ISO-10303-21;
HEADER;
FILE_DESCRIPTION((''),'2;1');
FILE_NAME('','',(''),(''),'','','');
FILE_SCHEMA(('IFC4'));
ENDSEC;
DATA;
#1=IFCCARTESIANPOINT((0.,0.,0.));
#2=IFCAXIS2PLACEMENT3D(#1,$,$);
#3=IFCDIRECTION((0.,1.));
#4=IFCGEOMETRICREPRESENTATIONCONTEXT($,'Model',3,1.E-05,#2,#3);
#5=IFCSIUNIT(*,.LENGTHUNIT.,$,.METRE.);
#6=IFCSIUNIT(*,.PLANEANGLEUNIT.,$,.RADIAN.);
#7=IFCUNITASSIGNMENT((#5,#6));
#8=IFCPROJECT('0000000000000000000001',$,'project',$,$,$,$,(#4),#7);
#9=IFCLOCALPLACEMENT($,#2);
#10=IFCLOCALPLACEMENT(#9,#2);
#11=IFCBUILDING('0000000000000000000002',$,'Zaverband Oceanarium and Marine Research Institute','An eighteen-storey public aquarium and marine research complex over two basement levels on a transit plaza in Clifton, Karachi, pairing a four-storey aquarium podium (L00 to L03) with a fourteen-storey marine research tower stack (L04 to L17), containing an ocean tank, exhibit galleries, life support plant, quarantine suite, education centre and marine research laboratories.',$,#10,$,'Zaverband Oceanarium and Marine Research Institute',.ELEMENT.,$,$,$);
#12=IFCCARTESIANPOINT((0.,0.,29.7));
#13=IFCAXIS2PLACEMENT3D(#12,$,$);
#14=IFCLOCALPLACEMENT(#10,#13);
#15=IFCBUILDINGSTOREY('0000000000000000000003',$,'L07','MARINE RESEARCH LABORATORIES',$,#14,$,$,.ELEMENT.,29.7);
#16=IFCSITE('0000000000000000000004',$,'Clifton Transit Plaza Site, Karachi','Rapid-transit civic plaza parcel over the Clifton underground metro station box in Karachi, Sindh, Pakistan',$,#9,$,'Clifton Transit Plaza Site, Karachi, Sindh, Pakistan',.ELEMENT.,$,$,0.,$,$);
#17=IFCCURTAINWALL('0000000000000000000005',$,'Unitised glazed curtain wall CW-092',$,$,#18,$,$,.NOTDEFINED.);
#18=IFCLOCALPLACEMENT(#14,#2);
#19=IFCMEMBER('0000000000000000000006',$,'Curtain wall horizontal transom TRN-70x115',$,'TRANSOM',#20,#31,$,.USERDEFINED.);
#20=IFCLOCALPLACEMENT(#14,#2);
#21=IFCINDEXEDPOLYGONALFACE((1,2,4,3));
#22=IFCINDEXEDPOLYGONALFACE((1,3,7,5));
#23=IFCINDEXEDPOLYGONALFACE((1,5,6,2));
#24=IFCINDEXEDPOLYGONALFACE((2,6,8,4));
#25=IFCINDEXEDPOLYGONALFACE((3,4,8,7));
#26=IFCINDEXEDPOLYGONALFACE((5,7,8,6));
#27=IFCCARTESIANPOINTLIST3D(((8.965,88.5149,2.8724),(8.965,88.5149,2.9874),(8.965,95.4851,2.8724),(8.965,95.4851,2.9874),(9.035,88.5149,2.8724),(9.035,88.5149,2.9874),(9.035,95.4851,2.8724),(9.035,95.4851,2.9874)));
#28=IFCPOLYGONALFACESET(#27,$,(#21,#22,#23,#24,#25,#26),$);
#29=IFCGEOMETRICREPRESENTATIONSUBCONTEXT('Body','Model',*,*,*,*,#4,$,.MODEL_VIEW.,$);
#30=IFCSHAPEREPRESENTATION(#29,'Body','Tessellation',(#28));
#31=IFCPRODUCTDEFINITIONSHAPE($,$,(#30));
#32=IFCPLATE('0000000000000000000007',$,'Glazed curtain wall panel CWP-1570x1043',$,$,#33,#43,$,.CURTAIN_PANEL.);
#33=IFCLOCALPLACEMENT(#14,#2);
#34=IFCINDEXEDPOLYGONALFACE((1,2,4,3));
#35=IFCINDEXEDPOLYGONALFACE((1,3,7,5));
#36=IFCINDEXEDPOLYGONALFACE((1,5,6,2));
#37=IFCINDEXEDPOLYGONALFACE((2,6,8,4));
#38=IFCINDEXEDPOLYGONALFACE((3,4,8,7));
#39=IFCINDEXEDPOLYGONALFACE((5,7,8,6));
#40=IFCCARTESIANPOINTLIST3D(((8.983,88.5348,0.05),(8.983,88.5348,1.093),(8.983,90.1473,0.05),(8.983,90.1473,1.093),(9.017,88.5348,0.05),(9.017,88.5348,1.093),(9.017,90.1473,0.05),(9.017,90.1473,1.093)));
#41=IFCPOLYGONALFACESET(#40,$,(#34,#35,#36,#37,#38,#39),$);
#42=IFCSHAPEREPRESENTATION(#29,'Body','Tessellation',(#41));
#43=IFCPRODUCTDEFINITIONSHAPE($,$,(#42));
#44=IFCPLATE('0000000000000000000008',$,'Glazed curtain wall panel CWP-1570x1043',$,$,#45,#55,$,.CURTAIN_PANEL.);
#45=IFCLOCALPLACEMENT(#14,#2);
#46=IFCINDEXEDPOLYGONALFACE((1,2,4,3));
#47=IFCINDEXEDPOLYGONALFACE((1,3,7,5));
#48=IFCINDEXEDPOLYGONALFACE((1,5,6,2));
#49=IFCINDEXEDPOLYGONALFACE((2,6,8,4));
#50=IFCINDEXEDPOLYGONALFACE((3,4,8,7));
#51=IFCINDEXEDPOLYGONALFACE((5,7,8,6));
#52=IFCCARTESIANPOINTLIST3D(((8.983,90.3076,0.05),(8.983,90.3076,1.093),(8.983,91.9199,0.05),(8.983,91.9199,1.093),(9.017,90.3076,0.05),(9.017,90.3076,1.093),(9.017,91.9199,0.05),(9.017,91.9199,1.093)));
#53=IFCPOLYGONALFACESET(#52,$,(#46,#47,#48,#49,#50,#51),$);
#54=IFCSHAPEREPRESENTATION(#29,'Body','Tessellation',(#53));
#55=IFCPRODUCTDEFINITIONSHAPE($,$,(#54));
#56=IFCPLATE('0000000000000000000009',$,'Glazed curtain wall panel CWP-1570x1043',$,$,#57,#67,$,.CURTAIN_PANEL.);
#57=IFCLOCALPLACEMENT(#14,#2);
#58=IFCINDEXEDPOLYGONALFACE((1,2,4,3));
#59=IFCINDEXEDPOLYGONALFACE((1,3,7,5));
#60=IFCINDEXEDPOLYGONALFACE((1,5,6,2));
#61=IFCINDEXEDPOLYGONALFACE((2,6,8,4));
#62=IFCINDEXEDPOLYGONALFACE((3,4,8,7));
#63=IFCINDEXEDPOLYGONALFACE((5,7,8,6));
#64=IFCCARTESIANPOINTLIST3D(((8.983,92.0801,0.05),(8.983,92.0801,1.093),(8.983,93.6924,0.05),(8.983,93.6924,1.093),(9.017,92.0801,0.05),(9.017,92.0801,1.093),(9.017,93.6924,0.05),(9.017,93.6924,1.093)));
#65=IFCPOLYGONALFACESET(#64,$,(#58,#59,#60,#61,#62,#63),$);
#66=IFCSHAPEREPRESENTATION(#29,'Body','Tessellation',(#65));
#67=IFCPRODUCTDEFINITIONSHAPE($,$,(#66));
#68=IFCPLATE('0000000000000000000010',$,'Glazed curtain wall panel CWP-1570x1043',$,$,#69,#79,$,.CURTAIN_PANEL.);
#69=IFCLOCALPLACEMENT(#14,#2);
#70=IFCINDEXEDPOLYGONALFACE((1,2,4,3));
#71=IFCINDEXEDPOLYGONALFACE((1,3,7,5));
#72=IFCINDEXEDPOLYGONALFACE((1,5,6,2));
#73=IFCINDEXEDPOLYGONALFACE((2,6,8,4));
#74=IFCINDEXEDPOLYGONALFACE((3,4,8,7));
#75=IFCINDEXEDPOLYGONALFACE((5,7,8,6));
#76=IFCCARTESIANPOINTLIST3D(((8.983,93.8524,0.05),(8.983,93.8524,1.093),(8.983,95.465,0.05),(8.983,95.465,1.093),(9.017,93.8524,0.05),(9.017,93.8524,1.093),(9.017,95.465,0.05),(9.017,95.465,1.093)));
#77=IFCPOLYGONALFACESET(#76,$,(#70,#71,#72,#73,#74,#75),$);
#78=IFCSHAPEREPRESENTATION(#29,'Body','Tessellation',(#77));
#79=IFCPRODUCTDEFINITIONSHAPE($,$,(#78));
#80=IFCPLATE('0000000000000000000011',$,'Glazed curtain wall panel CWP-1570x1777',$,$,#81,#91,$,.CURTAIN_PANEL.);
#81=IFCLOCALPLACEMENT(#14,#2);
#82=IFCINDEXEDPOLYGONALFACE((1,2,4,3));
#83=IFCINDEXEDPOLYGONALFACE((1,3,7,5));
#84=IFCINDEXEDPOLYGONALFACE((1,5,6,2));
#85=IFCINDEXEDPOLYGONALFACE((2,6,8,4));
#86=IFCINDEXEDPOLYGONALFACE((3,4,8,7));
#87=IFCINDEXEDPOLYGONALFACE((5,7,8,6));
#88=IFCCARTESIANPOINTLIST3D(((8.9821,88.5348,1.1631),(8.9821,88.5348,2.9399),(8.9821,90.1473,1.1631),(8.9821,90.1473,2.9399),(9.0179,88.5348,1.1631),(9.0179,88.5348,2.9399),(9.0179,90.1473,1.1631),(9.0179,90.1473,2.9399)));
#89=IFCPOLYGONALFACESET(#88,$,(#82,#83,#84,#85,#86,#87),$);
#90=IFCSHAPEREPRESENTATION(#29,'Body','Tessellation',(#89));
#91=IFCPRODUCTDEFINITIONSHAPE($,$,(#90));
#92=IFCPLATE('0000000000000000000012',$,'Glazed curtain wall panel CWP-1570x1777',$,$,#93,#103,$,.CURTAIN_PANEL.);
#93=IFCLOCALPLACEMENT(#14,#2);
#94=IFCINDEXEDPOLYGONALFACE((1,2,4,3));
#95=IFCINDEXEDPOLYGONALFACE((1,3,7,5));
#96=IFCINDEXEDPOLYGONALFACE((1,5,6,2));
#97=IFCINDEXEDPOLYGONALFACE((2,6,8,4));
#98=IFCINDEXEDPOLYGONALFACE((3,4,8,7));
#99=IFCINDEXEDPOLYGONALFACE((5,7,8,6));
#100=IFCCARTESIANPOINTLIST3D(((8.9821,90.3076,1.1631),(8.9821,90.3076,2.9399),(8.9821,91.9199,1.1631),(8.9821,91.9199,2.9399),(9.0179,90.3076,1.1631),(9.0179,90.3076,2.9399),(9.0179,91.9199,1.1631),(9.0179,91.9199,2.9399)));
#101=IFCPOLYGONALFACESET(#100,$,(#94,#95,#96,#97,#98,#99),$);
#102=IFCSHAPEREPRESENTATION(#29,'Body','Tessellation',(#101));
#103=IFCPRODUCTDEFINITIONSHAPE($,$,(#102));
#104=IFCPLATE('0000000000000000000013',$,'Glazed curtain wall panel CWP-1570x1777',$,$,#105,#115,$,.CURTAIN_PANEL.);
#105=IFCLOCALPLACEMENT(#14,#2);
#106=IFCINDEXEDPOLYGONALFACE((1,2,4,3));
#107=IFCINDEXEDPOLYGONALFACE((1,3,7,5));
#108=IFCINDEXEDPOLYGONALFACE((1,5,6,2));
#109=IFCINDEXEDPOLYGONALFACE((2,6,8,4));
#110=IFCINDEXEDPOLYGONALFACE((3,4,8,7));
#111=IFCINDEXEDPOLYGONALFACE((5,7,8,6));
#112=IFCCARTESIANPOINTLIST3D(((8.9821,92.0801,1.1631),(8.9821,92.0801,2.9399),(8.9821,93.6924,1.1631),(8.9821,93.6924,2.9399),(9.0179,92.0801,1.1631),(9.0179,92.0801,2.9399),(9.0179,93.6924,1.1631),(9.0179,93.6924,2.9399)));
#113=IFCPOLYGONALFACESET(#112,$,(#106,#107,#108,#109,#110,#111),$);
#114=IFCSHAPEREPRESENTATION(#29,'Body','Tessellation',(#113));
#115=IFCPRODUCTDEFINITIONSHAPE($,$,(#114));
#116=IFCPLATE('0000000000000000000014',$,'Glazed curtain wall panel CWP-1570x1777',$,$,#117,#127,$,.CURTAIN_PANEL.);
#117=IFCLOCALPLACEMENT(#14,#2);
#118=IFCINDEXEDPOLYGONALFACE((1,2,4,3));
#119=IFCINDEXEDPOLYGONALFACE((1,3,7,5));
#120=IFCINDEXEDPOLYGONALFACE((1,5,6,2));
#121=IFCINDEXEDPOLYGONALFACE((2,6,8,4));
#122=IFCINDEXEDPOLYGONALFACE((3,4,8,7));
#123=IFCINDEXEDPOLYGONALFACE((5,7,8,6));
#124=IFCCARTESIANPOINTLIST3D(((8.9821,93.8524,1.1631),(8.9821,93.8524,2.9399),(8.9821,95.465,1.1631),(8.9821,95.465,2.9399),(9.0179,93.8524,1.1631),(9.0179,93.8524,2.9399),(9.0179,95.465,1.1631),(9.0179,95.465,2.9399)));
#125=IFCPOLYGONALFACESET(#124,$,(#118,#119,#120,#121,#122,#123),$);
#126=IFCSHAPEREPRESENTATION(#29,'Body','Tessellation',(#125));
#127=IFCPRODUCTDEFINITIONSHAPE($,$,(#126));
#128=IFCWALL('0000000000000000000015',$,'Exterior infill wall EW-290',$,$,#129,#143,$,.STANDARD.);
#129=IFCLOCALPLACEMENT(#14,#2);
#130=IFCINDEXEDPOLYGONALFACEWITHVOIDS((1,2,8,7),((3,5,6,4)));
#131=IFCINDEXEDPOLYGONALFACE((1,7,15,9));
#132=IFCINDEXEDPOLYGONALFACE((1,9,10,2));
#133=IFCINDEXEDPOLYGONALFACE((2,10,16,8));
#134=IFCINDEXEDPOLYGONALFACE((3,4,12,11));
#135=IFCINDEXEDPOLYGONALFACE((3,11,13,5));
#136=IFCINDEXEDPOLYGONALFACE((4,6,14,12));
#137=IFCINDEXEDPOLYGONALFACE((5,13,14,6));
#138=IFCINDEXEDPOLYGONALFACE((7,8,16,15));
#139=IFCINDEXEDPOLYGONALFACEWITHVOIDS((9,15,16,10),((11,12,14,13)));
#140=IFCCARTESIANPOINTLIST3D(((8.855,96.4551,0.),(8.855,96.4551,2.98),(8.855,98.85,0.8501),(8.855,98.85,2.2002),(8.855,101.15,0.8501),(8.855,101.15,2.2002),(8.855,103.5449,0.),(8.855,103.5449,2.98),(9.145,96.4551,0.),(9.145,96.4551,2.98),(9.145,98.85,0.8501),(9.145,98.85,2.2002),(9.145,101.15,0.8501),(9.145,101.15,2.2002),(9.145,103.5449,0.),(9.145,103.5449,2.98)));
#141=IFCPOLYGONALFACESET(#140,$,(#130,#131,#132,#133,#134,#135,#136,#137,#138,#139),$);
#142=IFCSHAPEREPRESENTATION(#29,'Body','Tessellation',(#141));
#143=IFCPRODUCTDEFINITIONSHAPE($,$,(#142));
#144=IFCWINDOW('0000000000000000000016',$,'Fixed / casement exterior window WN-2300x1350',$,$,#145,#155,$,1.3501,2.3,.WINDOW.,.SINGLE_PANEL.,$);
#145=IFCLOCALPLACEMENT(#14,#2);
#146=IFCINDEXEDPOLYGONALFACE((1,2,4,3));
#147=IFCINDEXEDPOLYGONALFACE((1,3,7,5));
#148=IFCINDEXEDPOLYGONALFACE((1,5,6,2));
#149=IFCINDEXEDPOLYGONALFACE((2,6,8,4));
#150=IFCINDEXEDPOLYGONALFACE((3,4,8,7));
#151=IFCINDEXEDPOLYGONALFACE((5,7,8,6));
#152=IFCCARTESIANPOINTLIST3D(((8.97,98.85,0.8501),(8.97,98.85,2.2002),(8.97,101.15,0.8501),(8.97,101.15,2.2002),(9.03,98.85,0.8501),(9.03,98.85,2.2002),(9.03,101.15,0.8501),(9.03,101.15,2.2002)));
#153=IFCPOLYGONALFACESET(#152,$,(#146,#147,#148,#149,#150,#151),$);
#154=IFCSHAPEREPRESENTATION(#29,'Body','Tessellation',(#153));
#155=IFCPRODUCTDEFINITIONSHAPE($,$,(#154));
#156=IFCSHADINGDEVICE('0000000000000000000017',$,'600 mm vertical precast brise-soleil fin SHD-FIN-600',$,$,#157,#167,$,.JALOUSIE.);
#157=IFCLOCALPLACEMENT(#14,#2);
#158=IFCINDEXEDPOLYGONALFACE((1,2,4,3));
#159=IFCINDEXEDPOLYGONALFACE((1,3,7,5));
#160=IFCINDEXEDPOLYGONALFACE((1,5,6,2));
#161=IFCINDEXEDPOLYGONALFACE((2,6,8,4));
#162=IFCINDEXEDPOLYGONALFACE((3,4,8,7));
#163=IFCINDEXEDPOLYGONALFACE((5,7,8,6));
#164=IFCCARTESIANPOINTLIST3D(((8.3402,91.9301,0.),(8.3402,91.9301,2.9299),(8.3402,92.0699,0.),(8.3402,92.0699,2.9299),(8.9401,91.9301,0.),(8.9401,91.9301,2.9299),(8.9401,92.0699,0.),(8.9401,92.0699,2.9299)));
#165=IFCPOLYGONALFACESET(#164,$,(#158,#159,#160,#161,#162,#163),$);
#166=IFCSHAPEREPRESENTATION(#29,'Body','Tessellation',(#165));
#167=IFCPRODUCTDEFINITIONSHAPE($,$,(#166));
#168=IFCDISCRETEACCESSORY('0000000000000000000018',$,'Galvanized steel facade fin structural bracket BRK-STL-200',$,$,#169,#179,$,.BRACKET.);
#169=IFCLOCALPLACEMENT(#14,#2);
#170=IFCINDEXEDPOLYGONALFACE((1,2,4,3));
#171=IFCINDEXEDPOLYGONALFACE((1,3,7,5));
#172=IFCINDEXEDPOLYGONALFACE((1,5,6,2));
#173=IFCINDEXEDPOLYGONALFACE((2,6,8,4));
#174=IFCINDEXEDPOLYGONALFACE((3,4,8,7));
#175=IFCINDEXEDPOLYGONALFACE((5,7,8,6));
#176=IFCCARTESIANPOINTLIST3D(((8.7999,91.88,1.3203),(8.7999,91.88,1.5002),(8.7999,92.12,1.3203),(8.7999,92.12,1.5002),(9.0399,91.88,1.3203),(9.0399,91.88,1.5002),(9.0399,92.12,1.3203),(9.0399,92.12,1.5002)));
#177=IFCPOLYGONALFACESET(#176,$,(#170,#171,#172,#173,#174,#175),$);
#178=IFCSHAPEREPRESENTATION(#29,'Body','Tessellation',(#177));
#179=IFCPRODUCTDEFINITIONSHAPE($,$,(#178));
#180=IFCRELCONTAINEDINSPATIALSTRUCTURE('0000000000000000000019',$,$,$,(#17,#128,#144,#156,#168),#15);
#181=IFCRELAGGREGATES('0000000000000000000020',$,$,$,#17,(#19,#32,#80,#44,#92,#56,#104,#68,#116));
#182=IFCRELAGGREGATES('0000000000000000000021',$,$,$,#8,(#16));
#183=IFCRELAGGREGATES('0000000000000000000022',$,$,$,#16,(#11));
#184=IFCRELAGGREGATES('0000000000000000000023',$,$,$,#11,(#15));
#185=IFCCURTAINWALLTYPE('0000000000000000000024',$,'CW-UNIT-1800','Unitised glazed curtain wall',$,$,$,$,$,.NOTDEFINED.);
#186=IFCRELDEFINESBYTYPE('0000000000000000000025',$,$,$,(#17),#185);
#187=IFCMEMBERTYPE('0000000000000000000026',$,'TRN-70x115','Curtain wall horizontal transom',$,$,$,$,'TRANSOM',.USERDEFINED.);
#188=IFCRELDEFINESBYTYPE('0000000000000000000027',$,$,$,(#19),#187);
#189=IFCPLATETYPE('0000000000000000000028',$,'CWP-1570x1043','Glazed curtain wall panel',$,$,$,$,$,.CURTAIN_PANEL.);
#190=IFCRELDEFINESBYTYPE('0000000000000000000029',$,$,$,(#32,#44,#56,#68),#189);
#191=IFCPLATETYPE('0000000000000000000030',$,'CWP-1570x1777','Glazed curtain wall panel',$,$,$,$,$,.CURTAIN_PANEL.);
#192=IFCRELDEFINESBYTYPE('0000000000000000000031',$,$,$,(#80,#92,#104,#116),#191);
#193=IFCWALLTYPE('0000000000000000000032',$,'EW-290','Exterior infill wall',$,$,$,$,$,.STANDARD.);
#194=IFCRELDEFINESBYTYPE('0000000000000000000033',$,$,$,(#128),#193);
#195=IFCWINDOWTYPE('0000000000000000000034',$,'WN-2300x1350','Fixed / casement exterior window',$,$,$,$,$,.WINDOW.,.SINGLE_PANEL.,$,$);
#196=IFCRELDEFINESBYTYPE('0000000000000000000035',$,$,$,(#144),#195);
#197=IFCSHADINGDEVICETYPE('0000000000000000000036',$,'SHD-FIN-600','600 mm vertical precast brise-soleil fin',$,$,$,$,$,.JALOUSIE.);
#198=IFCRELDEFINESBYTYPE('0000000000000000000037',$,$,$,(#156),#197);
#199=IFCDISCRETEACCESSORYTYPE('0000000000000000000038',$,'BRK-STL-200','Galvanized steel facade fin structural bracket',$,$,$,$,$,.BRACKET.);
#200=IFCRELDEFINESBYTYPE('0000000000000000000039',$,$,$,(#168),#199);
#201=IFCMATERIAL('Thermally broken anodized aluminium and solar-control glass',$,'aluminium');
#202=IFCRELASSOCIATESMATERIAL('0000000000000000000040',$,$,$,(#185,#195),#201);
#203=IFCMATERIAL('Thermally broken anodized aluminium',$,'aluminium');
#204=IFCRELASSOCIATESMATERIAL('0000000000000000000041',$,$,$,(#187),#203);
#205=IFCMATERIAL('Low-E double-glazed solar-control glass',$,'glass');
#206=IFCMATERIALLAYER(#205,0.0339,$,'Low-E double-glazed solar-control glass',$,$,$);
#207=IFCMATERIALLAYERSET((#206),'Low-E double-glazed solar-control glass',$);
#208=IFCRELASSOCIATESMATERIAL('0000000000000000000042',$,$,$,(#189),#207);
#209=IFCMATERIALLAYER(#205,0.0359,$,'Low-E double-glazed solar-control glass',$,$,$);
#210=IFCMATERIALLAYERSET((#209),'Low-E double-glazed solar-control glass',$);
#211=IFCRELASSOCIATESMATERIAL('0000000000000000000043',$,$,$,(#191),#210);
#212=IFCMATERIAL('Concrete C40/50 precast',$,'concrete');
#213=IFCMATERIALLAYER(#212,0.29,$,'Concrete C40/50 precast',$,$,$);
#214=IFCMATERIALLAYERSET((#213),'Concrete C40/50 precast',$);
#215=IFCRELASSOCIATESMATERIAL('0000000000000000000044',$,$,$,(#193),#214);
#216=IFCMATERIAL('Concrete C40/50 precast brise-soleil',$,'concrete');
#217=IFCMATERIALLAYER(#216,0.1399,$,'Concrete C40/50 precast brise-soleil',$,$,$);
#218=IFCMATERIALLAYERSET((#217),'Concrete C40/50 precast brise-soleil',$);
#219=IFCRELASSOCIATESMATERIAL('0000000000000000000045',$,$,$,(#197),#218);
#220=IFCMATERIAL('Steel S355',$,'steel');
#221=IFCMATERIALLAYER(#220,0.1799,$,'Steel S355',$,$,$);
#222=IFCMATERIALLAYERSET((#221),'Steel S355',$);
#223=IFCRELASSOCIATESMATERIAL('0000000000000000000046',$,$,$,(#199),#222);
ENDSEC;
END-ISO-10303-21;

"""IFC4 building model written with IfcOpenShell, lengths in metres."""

from ifc_helpers import new_model, si_unit, direction, frame, frame_2d, origin, origin_2d, place, context, subcontext, project, spatial, rectangle, extrude, material, layer, layer_set, material_profile, profile_set, type_object, element, fill, aggregate, save


model = new_model("IFC4")

# Units and contexts
model_context = context("Model", 3, precision=1e-05, world=origin(), true_north=direction((0.0, 1.0)))
body_context = subcontext(model_context, "Body", "Model", "MODEL_VIEW")
ifc_project = project(units=[si_unit("LENGTHUNIT", "METRE"), si_unit("PLANEANGLEUNIT", "RADIAN")], contexts=[model_context])

# Site, building, storey
site_placement = place(None, origin())
site = spatial("IfcSite", under=ifc_project, at=site_placement, Name="Clifton Transit Plaza Site, Karachi", Description="Rapid-transit civic plaza parcel over the Clifton underground metro station box in Karachi, Sindh, Pakistan", LongName="Clifton Transit Plaza Site, Karachi, Sindh, Pakistan", CompositionType="ELEMENT", RefElevation=0.0)
building_placement = place(site_placement, origin())
building = spatial("IfcBuilding", under=site, at=building_placement, Name="Zaverband Oceanarium and Marine Research Institute", Description="An eighteen-storey public aquarium and marine research complex over two basement levels on a transit plaza in Clifton, Karachi, pairing a four-storey aquarium podium (L00 to L03) with a fourteen-storey marine research tower stack (L04 to L17), containing an ocean tank, exhibit galleries, life support plant, quarantine suite, education centre and marine research laboratories.", LongName="Zaverband Oceanarium and Marine Research Institute", CompositionType="ELEMENT")
storey_placement = place(building_placement, frame((0.0, 0.0, 29.7)))
storey = spatial("IfcBuildingStorey", under=building, at=storey_placement, Name="L07", Description="MARINE RESEARCH LABORATORIES", CompositionType="ELEMENT", Elevation=29.7)

# Curtain wall
ifc_material_1 = material(Name="Thermally broken anodized aluminium and solar-control glass", Category="aluminium")
curtain_wall_type = type_object("IfcCurtainWallType", Name="CW-UNIT-1800", Description="Unitised glazed curtain wall", PredefinedType="NOTDEFINED", material=ifc_material_1)
curtain_wall_placement = place(storey_placement, origin())
curtain_wall = element("IfcCurtainWall", 1, at=curtain_wall_placement, inside=storey, type_object=curtain_wall_type, Name="Unitised glazed curtain wall CW-092", PredefinedType="NOTDEFINED")
ifc_material_2 = material(Name="Thermally broken anodized aluminium", Category="aluminium")

# Member
ifc_material_profile_1 = material_profile(ifc_material_2, rectangle(XDim=0.0701, YDim=0.115, at=origin_2d()), Name="AL-TRN-70x115")
ifc_profile_set_1 = profile_set([ifc_material_profile_1], Name="Thermally broken anodized aluminium")
member_type_1 = type_object("IfcMemberType", Name="TRN-70x115", Description="Curtain wall horizontal transom", ElementType="TRANSOM", PredefinedType="USERDEFINED", material=ifc_profile_set_1)
member_1_placement = place(storey_placement, frame((9.0, 88.5149, 2.9299), z_axis=(0.0, 1.0, 0.0), x_axis=(-1.0, 0.0, 0.0)))
member_1 = element("IfcMember", 2, at=member_1_placement, type_object=member_type_1, Name="Curtain wall horizontal transom TRN-70x115", ObjectType="TRANSOM", PredefinedType="USERDEFINED", context=body_context, shape_type="SweptSolid", body=[
    extrude(rectangle(XDim=0.0701, YDim=0.115, at=origin_2d()), origin(), (0.0, 0.0, 1.0), 6.9702),
])

# Plates
ifc_material_3 = material(Name="Low-E double-glazed solar-control glass", Category="glass")
ifc_layer_1 = layer(ifc_material_3, 0.0339, Name="Low-E double-glazed solar-control glass")
ifc_layer_set_1 = layer_set([ifc_layer_1], Name="Low-E double-glazed solar-control glass")
plate_type_1 = type_object("IfcPlateType", Name="CWP-1570x1043", Description="Glazed curtain wall panel", PredefinedType="CURTAIN_PANEL", material=ifc_layer_set_1)
plate_1_placement = place(storey_placement, frame((9.0, 88.5349, 0.05), z_axis=(0.0, 0.0, 1.0), x_axis=(0.0, 1.0, 0.0)))
plate_1 = element("IfcPlate", 3, at=plate_1_placement, type_object=plate_type_1, Name="Glazed curtain wall panel CWP-1570x1043", PredefinedType="CURTAIN_PANEL", context=body_context, shape_type="SweptSolid", body=[
    extrude(rectangle(XDim=1.6125, YDim=0.0339, at=frame_2d((0.8062, 0.0))), origin(), (0.0, 0.0, 1.0), 1.043),
])
plate_2_placement = place(storey_placement, frame((9.0, 90.3076, 0.05), z_axis=(0.0, 0.0, 1.0), x_axis=(0.0, 1.0, 0.0)))
plate_2 = element("IfcPlate", 4, at=plate_2_placement, type_object=plate_type_1, Name="Glazed curtain wall panel CWP-1570x1043", PredefinedType="CURTAIN_PANEL", context=body_context, shape_type="SweptSolid", body=[
    extrude(rectangle(XDim=1.6123, YDim=0.0339, at=frame_2d((0.8062, 0.0))), origin(), (0.0, 0.0, 1.0), 1.043),
])
plate_3_placement = place(storey_placement, frame((9.0, 92.0801, 0.05), z_axis=(0.0, 0.0, 1.0), x_axis=(0.0, 1.0, 0.0)))
plate_3 = element("IfcPlate", 5, at=plate_3_placement, type_object=plate_type_1, Name="Glazed curtain wall panel CWP-1570x1043", PredefinedType="CURTAIN_PANEL", context=body_context, shape_type="SweptSolid", body=[
    extrude(rectangle(XDim=1.6123, YDim=0.0339, at=frame_2d((0.8062, 0.0))), origin(), (0.0, 0.0, 1.0), 1.043),
])
plate_4_placement = place(storey_placement, frame((9.0, 93.8525, 0.05), z_axis=(0.0, 0.0, 1.0), x_axis=(0.0, 1.0, 0.0)))
plate_4 = element("IfcPlate", 6, at=plate_4_placement, type_object=plate_type_1, Name="Glazed curtain wall panel CWP-1570x1043", PredefinedType="CURTAIN_PANEL", context=body_context, shape_type="SweptSolid", body=[
    extrude(rectangle(XDim=1.6125, YDim=0.0339, at=frame_2d((0.8062, 0.0))), origin(), (0.0, 0.0, 1.0), 1.043),
])
ifc_layer_2 = layer(ifc_material_3, 0.0359, Name="Low-E double-glazed solar-control glass")
ifc_layer_set_2 = layer_set([ifc_layer_2], Name="Low-E double-glazed solar-control glass")
plate_type_2 = type_object("IfcPlateType", Name="CWP-1570x1777", Description="Glazed curtain wall panel", PredefinedType="CURTAIN_PANEL", material=ifc_layer_set_2)
plate_5_placement = place(storey_placement, frame((9.0, 88.5349, 1.1631), z_axis=(0.0, 0.0, 1.0), x_axis=(0.0, 1.0, 0.0)))
plate_5 = element("IfcPlate", 7, at=plate_5_placement, type_object=plate_type_2, Name="Glazed curtain wall panel CWP-1570x1777", PredefinedType="CURTAIN_PANEL", context=body_context, shape_type="SweptSolid", body=[
    extrude(rectangle(XDim=1.6125, YDim=0.0359, at=frame_2d((0.8062, 0.0))), origin(), (0.0, 0.0, 1.0), 1.7769),
])
plate_6_placement = place(storey_placement, frame((9.0, 90.3076, 1.1631), z_axis=(0.0, 0.0, 1.0), x_axis=(0.0, 1.0, 0.0)))
plate_6 = element("IfcPlate", 8, at=plate_6_placement, type_object=plate_type_2, Name="Glazed curtain wall panel CWP-1570x1777", PredefinedType="CURTAIN_PANEL", context=body_context, shape_type="SweptSolid", body=[
    extrude(rectangle(XDim=1.6123, YDim=0.0359, at=frame_2d((0.8062, 0.0))), origin(), (0.0, 0.0, 1.0), 1.7769),
])
plate_7_placement = place(storey_placement, frame((9.0, 92.0801, 1.1631), z_axis=(0.0, 0.0, 1.0), x_axis=(0.0, 1.0, 0.0)))
plate_7 = element("IfcPlate", 9, at=plate_7_placement, type_object=plate_type_2, Name="Glazed curtain wall panel CWP-1570x1777", PredefinedType="CURTAIN_PANEL", context=body_context, shape_type="SweptSolid", body=[
    extrude(rectangle(XDim=1.6123, YDim=0.0359, at=frame_2d((0.8062, 0.0))), origin(), (0.0, 0.0, 1.0), 1.7769),
])
plate_8_placement = place(storey_placement, frame((9.0, 93.8525, 1.1631), z_axis=(0.0, 0.0, 1.0), x_axis=(0.0, 1.0, 0.0)))
plate_8 = element("IfcPlate", 10, at=plate_8_placement, type_object=plate_type_2, Name="Glazed curtain wall panel CWP-1570x1777", PredefinedType="CURTAIN_PANEL", context=body_context, shape_type="SweptSolid", body=[
    extrude(rectangle(XDim=1.6125, YDim=0.0359, at=frame_2d((0.8062, 0.0))), origin(), (0.0, 0.0, 1.0), 1.7769),
])
aggregate(curtain_wall, [member_1, plate_1, plate_5, plate_2, plate_6, plate_3, plate_7, plate_4, plate_8])

# Wall, opening, window
ifc_material_4 = material(Name="Concrete C40/50 precast", Category="concrete")
ifc_layer_3 = layer(ifc_material_4, 0.29, Name="Concrete C40/50 precast")
ifc_layer_set_3 = layer_set([ifc_layer_3], Name="Concrete C40/50 precast")
wall_type = type_object("IfcWallType", Name="EW-290", Description="Exterior infill wall", PredefinedType="STANDARD", material=ifc_layer_set_3)
wall_placement = place(storey_placement, frame((9.0, 96.4551, 0.0), z_axis=(0.0, 0.0, 1.0), x_axis=(0.0, 1.0, 0.0)))
wall = element("IfcWall", 11, at=wall_placement, inside=storey, type_object=wall_type, Name="Exterior infill wall EW-290", PredefinedType="STANDARD", context=body_context, shape_type="SweptSolid", body=[
    extrude(rectangle(XDim=7.0898, YDim=0.29, at=frame_2d((3.5449, 0.0))), origin(), (0.0, 0.0, 1.0), 2.98),
])
opening_placement = place(wall_placement, frame((2.395, 0.0, 0.8501)))
opening = element("IfcOpeningElement", 12, at=opening_placement, cuts=wall, PredefinedType="OPENING", context=body_context, shape_type="SweptSolid", body=[
    extrude(rectangle(XDim=2.3, YDim=1.3501, at=frame_2d((1.1499, 0.675))), frame((0.0, 0.157, 0.0), z_axis=(0.0, -1.0, 0.0), x_axis=(1.0, 0.0, 0.0)), (0.0, 0.0, 1.0), 0.314),
])
window_type = type_object("IfcWindowType", Name="WN-2300x1350", Description="Fixed / casement exterior window", PartitioningType="SINGLE_PANEL", PredefinedType="WINDOW", material=ifc_material_1)
window_placement = place(opening_placement, origin())
window = element("IfcWindow", 13, at=window_placement, inside=storey, type_object=window_type, Name="Fixed / casement exterior window WN-2300x1350", OverallHeight=1.3501, OverallWidth=2.3, PartitioningType="SINGLE_PANEL", PredefinedType="WINDOW", context=body_context, shape_type="SweptSolid", body=[
    extrude(rectangle(XDim=2.3, YDim=1.3501, at=frame_2d((1.1499, 0.675))), frame((0.0, 0.03, 0.0), z_axis=(0.0, -1.0, 0.0), x_axis=(1.0, 0.0, 0.0)), (0.0, 0.0, 1.0), 0.0601),
])
fill(opening, window)

# Shading device
ifc_material_5 = material(Name="Concrete C40/50 precast brise-soleil", Category="concrete")
ifc_layer_4 = layer(ifc_material_5, 0.1399, Name="Concrete C40/50 precast brise-soleil")
ifc_layer_set_4 = layer_set([ifc_layer_4], Name="Concrete C40/50 precast brise-soleil")
shading_device_type = type_object("IfcShadingDeviceType", Name="SHD-FIN-600", Description="600 mm vertical precast brise-soleil fin", PredefinedType="JALOUSIE", material=ifc_layer_set_4)
shading_device_placement = place(storey_placement, frame((8.9399, 92.0, 0.0), z_axis=(0.0, 0.0, 1.0), x_axis=(-1.0, 0.0, 0.0)))
element("IfcShadingDevice", 14, at=shading_device_placement, inside=storey, type_object=shading_device_type, Name="600 mm vertical precast brise-soleil fin SHD-FIN-600", PredefinedType="JALOUSIE", context=body_context, shape_type="SweptSolid", body=[
    extrude(rectangle(XDim=0.5999, YDim=0.1399, at=frame_2d((0.2998, 0.0))), origin(), (0.0, 0.0, 1.0), 2.9299),
])

# Discrete accessory
ifc_material_6 = material(Name="Steel S355", Category="steel")
ifc_layer_5 = layer(ifc_material_6, 0.1799, Name="Steel S355")
ifc_layer_set_5 = layer_set([ifc_layer_5], Name="Steel S355")
discrete_accessory_type = type_object("IfcDiscreteAccessoryType", Name="BRK-STL-200", Description="Galvanized steel facade fin structural bracket", PredefinedType="BRACKET", material=ifc_layer_set_5)
discrete_accessory_placement = place(storey_placement, frame((8.9199, 92.0, 1.3203), z_axis=(0.0, 0.0, 1.0), x_axis=(1.0, 0.0, 0.0)))
element("IfcDiscreteAccessory", 15, at=discrete_accessory_placement, inside=storey, type_object=discrete_accessory_type, Name="Galvanized steel facade fin structural bracket BRK-STL-200", PredefinedType="BRACKET", context=body_context, shape_type="SweptSolid", body=[
    extrude(rectangle(XDim=0.24, YDim=0.24, at=origin_2d()), origin(), (0.0, 0.0, 1.0), 0.1799),
])

save(model, "model.ifc")
